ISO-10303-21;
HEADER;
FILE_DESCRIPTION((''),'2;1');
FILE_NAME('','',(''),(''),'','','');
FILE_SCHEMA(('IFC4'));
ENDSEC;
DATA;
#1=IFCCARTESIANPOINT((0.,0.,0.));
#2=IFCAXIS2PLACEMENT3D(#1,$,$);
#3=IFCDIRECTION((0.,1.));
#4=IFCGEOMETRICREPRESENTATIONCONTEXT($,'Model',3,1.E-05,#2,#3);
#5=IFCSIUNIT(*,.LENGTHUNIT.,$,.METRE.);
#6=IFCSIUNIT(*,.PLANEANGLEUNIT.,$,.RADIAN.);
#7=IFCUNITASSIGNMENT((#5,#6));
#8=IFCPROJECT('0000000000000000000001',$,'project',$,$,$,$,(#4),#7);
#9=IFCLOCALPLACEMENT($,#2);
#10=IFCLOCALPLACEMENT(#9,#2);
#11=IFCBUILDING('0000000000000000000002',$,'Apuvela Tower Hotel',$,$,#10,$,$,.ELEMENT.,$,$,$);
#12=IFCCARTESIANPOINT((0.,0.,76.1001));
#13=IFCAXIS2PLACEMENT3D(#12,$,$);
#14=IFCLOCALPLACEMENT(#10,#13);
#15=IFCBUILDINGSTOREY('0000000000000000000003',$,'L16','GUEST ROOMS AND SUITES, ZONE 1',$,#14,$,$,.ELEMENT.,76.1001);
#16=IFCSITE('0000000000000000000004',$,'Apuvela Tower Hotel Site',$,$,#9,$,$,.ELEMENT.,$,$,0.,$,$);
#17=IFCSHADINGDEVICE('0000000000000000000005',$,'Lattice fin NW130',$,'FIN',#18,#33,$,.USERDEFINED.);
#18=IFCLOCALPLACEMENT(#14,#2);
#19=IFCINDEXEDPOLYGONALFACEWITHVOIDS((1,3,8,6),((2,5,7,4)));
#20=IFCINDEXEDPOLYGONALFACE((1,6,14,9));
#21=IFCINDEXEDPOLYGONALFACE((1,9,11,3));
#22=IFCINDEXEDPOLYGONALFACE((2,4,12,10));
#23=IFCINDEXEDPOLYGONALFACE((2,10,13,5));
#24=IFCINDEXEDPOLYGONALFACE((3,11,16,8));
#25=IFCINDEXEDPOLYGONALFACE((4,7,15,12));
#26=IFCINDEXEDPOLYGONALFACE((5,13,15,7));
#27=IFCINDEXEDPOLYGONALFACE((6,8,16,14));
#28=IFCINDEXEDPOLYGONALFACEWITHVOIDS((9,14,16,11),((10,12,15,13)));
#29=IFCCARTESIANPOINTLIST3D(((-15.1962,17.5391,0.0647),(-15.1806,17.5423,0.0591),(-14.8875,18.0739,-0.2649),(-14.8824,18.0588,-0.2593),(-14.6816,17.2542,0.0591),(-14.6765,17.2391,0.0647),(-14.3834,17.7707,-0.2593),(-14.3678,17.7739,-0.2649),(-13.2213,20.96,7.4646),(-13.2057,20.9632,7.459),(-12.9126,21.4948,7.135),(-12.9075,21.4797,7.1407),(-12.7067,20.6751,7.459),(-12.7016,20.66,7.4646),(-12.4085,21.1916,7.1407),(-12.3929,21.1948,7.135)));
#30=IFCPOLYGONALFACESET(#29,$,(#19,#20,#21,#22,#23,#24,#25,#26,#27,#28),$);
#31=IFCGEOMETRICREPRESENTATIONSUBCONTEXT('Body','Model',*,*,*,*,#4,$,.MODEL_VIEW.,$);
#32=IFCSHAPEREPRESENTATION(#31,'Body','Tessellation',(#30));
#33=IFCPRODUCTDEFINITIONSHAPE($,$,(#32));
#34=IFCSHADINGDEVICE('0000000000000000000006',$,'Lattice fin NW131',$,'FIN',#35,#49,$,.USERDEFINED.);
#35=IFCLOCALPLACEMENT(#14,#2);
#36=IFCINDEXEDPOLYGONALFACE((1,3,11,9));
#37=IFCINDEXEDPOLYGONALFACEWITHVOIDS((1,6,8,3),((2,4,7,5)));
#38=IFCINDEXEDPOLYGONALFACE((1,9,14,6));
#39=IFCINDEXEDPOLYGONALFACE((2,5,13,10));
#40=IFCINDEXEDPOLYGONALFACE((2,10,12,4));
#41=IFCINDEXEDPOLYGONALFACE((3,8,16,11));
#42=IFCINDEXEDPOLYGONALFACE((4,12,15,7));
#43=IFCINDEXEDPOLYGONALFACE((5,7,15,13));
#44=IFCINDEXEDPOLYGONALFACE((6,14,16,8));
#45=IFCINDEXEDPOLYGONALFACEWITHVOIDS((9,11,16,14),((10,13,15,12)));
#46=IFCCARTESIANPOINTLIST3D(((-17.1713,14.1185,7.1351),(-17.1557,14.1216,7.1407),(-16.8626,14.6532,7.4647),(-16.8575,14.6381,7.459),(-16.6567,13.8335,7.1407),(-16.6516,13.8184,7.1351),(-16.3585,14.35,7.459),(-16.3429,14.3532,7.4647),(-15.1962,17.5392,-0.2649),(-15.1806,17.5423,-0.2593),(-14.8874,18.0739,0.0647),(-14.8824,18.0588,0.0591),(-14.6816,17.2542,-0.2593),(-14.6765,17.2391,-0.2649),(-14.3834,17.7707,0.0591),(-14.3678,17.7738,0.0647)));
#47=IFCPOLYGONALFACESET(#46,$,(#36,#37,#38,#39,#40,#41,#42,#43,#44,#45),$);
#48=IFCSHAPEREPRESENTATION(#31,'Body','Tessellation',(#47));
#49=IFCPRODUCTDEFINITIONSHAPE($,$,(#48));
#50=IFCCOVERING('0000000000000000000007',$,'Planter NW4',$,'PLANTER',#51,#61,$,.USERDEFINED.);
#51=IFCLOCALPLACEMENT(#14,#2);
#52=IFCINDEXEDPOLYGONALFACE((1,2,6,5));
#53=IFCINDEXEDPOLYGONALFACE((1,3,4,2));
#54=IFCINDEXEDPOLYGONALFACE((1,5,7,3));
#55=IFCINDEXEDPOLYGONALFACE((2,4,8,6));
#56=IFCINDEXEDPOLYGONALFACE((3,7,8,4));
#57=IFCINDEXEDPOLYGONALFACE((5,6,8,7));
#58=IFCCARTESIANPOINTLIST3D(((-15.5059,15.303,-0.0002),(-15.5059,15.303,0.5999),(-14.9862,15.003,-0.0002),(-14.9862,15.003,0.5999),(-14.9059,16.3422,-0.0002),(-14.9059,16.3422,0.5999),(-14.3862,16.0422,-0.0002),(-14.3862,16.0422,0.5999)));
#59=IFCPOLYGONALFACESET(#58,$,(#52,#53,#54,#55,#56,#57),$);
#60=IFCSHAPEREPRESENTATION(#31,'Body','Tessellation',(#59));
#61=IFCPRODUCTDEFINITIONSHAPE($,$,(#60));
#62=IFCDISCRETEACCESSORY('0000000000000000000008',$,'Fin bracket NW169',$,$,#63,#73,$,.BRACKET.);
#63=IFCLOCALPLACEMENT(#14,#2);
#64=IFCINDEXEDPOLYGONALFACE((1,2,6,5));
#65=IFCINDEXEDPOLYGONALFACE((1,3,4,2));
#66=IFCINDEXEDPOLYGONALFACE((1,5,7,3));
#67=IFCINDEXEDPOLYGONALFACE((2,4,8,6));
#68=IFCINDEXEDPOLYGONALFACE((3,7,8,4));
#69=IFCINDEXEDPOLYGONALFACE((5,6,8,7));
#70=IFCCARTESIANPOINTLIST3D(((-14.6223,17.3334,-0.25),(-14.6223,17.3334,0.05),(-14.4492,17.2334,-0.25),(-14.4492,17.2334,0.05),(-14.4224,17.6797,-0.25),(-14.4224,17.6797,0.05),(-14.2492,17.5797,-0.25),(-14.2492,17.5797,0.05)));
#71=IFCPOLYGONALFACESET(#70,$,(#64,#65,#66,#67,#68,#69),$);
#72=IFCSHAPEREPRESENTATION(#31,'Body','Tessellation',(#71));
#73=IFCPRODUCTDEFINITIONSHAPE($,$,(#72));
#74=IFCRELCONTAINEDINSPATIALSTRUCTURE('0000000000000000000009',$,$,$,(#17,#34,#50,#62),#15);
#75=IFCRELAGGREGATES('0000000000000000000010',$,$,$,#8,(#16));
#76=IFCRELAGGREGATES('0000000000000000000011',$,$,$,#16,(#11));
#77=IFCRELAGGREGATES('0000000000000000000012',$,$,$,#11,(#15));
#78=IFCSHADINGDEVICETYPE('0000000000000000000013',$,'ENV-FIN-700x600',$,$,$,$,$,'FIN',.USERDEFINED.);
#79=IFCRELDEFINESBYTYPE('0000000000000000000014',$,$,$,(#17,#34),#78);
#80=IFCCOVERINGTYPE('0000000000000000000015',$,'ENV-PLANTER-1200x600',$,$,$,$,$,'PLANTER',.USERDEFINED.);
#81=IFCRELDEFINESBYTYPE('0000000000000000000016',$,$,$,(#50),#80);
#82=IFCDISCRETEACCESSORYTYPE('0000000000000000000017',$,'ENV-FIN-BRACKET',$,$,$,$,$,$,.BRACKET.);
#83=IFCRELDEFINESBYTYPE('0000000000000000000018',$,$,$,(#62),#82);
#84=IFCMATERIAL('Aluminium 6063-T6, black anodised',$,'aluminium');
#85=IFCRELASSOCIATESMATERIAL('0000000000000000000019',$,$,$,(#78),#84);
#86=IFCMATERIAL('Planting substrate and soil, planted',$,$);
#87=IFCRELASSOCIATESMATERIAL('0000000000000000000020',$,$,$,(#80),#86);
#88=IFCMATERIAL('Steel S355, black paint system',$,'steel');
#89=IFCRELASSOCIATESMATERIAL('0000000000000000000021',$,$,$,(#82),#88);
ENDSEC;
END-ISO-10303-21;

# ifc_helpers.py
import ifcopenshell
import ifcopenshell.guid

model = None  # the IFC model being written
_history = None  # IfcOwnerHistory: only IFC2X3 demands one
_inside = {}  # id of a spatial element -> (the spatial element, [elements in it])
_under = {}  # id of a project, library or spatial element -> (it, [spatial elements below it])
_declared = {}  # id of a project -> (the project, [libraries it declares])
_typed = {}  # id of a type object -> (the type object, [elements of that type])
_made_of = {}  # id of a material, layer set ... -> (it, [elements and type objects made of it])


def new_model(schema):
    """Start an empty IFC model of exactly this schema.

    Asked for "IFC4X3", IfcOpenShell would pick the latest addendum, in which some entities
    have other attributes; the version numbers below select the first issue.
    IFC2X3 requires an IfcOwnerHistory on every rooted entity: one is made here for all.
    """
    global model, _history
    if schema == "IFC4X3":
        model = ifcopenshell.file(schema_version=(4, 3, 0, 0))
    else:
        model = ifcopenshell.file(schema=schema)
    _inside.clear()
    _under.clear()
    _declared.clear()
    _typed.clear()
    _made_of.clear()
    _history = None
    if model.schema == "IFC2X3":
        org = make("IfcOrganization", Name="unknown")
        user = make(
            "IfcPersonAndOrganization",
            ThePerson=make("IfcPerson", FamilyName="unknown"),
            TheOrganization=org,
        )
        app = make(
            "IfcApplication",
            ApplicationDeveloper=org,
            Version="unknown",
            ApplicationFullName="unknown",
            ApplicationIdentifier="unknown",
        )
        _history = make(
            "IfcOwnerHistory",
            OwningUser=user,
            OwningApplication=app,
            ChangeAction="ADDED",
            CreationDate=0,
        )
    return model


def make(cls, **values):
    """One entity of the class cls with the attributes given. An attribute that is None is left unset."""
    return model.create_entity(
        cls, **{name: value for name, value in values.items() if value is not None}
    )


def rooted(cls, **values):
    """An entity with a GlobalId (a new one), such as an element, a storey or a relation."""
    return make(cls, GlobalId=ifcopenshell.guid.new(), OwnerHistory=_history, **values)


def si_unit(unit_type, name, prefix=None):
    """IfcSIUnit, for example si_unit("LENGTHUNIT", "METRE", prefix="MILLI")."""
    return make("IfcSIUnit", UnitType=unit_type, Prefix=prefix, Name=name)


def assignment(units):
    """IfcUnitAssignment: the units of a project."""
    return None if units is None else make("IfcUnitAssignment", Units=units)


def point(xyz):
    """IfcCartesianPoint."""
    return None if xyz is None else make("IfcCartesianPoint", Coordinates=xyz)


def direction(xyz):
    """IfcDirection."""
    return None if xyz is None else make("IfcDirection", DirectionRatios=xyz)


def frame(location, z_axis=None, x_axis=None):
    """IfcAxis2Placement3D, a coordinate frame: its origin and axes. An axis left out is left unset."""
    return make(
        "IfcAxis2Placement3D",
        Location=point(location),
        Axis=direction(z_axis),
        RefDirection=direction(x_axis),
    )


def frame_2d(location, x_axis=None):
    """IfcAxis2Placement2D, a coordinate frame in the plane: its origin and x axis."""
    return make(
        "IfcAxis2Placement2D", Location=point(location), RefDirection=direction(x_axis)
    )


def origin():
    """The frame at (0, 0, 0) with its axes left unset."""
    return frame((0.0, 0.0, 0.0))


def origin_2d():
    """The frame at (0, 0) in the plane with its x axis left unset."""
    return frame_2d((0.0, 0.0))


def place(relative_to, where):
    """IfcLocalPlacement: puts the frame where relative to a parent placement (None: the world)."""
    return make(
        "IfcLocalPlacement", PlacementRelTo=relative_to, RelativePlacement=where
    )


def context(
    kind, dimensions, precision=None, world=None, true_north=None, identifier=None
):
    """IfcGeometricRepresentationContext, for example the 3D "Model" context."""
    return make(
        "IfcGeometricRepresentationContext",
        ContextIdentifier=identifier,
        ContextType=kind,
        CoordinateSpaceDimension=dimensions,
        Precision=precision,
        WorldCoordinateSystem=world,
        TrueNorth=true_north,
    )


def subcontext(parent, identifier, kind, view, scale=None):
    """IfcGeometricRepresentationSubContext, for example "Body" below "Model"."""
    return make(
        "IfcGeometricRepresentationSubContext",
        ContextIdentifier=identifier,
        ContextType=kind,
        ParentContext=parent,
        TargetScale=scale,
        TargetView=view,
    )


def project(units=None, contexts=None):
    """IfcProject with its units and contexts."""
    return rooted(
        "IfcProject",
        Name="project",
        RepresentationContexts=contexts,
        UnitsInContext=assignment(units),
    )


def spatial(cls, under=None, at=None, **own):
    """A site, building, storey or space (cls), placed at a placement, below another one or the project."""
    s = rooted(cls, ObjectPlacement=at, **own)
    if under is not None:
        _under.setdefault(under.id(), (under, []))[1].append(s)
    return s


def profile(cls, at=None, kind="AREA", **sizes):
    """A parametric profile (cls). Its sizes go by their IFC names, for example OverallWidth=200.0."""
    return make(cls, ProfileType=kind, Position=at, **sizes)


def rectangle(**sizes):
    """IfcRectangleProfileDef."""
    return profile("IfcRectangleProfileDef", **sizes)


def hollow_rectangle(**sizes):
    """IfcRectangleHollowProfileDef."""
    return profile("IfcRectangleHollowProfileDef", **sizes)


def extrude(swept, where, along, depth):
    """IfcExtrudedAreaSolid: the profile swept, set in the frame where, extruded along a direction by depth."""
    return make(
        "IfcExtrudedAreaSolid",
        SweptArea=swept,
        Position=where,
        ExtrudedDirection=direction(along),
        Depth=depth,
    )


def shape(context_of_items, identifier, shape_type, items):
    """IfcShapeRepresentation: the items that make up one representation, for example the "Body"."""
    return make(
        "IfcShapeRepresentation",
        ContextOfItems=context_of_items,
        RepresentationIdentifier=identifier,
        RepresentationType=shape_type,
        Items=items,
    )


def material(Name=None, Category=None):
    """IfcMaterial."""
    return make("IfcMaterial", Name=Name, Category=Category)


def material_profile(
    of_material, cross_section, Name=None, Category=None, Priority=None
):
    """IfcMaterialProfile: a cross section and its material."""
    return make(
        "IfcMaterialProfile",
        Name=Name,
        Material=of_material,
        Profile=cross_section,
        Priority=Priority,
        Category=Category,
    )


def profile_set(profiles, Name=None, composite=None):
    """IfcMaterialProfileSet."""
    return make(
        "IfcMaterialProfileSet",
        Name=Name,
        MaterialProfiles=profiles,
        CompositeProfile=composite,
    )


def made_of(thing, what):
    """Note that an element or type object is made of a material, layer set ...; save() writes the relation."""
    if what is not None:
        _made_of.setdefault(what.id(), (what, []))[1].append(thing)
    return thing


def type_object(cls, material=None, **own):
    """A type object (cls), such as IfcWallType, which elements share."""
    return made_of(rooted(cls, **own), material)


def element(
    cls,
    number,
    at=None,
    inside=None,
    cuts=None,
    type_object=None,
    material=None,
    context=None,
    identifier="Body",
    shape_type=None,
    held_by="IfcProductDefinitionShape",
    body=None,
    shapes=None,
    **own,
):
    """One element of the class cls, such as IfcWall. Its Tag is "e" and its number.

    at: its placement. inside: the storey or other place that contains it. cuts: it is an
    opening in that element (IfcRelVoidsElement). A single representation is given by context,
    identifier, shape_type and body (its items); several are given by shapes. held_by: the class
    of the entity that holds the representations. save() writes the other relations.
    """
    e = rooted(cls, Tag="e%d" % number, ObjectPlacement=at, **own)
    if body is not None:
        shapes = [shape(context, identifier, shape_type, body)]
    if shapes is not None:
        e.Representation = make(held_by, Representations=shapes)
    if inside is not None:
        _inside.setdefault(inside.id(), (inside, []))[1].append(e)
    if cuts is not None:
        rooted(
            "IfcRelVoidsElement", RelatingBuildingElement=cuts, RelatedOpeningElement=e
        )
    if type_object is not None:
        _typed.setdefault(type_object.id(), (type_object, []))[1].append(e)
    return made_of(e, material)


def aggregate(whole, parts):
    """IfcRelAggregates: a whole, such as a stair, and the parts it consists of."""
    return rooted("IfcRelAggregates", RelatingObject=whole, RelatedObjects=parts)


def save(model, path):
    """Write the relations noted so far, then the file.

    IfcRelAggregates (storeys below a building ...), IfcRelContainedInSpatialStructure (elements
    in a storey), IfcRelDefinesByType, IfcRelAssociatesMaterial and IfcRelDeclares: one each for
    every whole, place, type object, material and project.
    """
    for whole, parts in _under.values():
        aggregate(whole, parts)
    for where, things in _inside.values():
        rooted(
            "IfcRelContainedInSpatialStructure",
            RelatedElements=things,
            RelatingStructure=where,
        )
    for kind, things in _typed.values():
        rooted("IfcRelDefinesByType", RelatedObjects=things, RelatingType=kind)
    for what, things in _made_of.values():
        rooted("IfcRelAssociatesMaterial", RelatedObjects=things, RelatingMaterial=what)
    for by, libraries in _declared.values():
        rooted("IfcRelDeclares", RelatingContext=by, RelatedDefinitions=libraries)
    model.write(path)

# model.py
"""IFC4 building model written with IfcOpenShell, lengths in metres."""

from ifc_helpers import new_model, si_unit, direction, frame, origin, origin_2d, place, context, subcontext, project, spatial, rectangle, hollow_rectangle, extrude, material, material_profile, profile_set, type_object, element, save


model = new_model("IFC4")

# Units and contexts
model_context = context("Model", 3, precision=1e-05, world=origin(), true_north=direction((0.0, 1.0)))
body_context = subcontext(model_context, "Body", "Model", "MODEL_VIEW")
ifc_project = project(units=[si_unit("LENGTHUNIT", "METRE"), si_unit("PLANEANGLEUNIT", "RADIAN")], contexts=[model_context])

# Site, building, storey
site_placement = place(None, origin())
site = spatial("IfcSite", under=ifc_project, at=site_placement, Name="Apuvela Tower Hotel Site", CompositionType="ELEMENT", RefElevation=0.0)
building_placement = place(site_placement, origin())
building = spatial("IfcBuilding", under=site, at=building_placement, Name="Apuvela Tower Hotel", CompositionType="ELEMENT")
storey_placement = place(building_placement, frame((0.0, 0.0, 76.1001)))
storey = spatial("IfcBuildingStorey", under=building, at=storey_placement, Name="L16", Description="GUEST ROOMS AND SUITES, ZONE 1", CompositionType="ELEMENT", Elevation=76.1001)

# Shading devices
ifc_material_1 = material(Name="Aluminium 6063-T6, black anodised", Category="aluminium")
ifc_material_profile_1 = material_profile(ifc_material_1, hollow_rectangle(XDim=0.6001, YDim=0.7, WallThickness=0.012, at=origin_2d()), Name="AL BOX 700x600x12")
ifc_profile_set_1 = profile_set([ifc_material_profile_1], Name="Aluminium 6063-T6, black anodised")
shading_device_type = type_object("IfcShadingDeviceType", Name="ENV-FIN-700x600", ElementType="FIN", PredefinedType="USERDEFINED", material=ifc_profile_set_1)
for number, where, z_axis, x_axis, name in (
    (1, (-14.782, 17.6565, -0.1001), (0.235434, 0.407825, 0.882185), (-0.866048, 0.499961, 0.0), "Lattice fin NW130"),
    (2, (-14.782, 17.6565, -0.1001), (-0.235464, -0.407798, 0.882189), (0.866005, -0.500035, 0.0), "Lattice fin NW131"),
):
    element("IfcShadingDevice", number, at=place(storey_placement, frame(where, z_axis=z_axis, x_axis=x_axis)), inside=storey, type_object=shading_device_type, Name=name, ObjectType="FIN", PredefinedType="USERDEFINED", context=body_context, shape_type="SweptSolid", body=[
        extrude(hollow_rectangle(XDim=0.6001, YDim=0.7, WallThickness=0.012, at=origin_2d()), origin(), (0.0, 0.0, 1.0), 8.3882),
    ])

# Covering
ifc_material_2 = material(Name="Planting substrate and soil, planted")
covering_type = type_object("IfcCoveringType", Name="ENV-PLANTER-1200x600", ElementType="PLANTER", PredefinedType="USERDEFINED", material=ifc_material_2)
covering_placement = place(storey_placement, frame((-14.946, 15.6726, -0.0002), z_axis=(0.0, 0.0, 1.0), x_axis=(-0.5, -0.866025, 0.0)))
element("IfcCovering", 3, at=covering_placement, inside=storey, type_object=covering_type, Name="Planter NW4", ObjectType="PLANTER", PredefinedType="USERDEFINED", context=body_context, shape_type="SweptSolid", body=[
    extrude(rectangle(XDim=1.2, YDim=0.6001, at=origin_2d()), origin(), (0.0, 0.0, 1.0), 0.6001),
])

# Discrete accessory
ifc_material_3 = material(Name="Steel S355, black paint system", Category="steel")
discrete_accessory_type = type_object("IfcDiscreteAccessoryType", Name="ENV-FIN-BRACKET", PredefinedType="BRACKET", material=ifc_material_3)
discrete_accessory_placement = place(storey_placement, frame((-14.4358, 17.4565, -0.25), z_axis=(0.0, 0.0, 1.0), x_axis=(-0.5, -0.866025, 0.0)))
element("IfcDiscreteAccessory", 4, at=discrete_accessory_placement, inside=storey, type_object=discrete_accessory_type, Name="Fin bracket NW169", PredefinedType="BRACKET", context=body_context, shape_type="SweptSolid", body=[
    extrude(rectangle(XDim=0.3999, YDim=0.2, at=origin_2d()), origin(), (0.0, 0.0, 1.0), 0.3),
])

save(model, "model.ifc")
